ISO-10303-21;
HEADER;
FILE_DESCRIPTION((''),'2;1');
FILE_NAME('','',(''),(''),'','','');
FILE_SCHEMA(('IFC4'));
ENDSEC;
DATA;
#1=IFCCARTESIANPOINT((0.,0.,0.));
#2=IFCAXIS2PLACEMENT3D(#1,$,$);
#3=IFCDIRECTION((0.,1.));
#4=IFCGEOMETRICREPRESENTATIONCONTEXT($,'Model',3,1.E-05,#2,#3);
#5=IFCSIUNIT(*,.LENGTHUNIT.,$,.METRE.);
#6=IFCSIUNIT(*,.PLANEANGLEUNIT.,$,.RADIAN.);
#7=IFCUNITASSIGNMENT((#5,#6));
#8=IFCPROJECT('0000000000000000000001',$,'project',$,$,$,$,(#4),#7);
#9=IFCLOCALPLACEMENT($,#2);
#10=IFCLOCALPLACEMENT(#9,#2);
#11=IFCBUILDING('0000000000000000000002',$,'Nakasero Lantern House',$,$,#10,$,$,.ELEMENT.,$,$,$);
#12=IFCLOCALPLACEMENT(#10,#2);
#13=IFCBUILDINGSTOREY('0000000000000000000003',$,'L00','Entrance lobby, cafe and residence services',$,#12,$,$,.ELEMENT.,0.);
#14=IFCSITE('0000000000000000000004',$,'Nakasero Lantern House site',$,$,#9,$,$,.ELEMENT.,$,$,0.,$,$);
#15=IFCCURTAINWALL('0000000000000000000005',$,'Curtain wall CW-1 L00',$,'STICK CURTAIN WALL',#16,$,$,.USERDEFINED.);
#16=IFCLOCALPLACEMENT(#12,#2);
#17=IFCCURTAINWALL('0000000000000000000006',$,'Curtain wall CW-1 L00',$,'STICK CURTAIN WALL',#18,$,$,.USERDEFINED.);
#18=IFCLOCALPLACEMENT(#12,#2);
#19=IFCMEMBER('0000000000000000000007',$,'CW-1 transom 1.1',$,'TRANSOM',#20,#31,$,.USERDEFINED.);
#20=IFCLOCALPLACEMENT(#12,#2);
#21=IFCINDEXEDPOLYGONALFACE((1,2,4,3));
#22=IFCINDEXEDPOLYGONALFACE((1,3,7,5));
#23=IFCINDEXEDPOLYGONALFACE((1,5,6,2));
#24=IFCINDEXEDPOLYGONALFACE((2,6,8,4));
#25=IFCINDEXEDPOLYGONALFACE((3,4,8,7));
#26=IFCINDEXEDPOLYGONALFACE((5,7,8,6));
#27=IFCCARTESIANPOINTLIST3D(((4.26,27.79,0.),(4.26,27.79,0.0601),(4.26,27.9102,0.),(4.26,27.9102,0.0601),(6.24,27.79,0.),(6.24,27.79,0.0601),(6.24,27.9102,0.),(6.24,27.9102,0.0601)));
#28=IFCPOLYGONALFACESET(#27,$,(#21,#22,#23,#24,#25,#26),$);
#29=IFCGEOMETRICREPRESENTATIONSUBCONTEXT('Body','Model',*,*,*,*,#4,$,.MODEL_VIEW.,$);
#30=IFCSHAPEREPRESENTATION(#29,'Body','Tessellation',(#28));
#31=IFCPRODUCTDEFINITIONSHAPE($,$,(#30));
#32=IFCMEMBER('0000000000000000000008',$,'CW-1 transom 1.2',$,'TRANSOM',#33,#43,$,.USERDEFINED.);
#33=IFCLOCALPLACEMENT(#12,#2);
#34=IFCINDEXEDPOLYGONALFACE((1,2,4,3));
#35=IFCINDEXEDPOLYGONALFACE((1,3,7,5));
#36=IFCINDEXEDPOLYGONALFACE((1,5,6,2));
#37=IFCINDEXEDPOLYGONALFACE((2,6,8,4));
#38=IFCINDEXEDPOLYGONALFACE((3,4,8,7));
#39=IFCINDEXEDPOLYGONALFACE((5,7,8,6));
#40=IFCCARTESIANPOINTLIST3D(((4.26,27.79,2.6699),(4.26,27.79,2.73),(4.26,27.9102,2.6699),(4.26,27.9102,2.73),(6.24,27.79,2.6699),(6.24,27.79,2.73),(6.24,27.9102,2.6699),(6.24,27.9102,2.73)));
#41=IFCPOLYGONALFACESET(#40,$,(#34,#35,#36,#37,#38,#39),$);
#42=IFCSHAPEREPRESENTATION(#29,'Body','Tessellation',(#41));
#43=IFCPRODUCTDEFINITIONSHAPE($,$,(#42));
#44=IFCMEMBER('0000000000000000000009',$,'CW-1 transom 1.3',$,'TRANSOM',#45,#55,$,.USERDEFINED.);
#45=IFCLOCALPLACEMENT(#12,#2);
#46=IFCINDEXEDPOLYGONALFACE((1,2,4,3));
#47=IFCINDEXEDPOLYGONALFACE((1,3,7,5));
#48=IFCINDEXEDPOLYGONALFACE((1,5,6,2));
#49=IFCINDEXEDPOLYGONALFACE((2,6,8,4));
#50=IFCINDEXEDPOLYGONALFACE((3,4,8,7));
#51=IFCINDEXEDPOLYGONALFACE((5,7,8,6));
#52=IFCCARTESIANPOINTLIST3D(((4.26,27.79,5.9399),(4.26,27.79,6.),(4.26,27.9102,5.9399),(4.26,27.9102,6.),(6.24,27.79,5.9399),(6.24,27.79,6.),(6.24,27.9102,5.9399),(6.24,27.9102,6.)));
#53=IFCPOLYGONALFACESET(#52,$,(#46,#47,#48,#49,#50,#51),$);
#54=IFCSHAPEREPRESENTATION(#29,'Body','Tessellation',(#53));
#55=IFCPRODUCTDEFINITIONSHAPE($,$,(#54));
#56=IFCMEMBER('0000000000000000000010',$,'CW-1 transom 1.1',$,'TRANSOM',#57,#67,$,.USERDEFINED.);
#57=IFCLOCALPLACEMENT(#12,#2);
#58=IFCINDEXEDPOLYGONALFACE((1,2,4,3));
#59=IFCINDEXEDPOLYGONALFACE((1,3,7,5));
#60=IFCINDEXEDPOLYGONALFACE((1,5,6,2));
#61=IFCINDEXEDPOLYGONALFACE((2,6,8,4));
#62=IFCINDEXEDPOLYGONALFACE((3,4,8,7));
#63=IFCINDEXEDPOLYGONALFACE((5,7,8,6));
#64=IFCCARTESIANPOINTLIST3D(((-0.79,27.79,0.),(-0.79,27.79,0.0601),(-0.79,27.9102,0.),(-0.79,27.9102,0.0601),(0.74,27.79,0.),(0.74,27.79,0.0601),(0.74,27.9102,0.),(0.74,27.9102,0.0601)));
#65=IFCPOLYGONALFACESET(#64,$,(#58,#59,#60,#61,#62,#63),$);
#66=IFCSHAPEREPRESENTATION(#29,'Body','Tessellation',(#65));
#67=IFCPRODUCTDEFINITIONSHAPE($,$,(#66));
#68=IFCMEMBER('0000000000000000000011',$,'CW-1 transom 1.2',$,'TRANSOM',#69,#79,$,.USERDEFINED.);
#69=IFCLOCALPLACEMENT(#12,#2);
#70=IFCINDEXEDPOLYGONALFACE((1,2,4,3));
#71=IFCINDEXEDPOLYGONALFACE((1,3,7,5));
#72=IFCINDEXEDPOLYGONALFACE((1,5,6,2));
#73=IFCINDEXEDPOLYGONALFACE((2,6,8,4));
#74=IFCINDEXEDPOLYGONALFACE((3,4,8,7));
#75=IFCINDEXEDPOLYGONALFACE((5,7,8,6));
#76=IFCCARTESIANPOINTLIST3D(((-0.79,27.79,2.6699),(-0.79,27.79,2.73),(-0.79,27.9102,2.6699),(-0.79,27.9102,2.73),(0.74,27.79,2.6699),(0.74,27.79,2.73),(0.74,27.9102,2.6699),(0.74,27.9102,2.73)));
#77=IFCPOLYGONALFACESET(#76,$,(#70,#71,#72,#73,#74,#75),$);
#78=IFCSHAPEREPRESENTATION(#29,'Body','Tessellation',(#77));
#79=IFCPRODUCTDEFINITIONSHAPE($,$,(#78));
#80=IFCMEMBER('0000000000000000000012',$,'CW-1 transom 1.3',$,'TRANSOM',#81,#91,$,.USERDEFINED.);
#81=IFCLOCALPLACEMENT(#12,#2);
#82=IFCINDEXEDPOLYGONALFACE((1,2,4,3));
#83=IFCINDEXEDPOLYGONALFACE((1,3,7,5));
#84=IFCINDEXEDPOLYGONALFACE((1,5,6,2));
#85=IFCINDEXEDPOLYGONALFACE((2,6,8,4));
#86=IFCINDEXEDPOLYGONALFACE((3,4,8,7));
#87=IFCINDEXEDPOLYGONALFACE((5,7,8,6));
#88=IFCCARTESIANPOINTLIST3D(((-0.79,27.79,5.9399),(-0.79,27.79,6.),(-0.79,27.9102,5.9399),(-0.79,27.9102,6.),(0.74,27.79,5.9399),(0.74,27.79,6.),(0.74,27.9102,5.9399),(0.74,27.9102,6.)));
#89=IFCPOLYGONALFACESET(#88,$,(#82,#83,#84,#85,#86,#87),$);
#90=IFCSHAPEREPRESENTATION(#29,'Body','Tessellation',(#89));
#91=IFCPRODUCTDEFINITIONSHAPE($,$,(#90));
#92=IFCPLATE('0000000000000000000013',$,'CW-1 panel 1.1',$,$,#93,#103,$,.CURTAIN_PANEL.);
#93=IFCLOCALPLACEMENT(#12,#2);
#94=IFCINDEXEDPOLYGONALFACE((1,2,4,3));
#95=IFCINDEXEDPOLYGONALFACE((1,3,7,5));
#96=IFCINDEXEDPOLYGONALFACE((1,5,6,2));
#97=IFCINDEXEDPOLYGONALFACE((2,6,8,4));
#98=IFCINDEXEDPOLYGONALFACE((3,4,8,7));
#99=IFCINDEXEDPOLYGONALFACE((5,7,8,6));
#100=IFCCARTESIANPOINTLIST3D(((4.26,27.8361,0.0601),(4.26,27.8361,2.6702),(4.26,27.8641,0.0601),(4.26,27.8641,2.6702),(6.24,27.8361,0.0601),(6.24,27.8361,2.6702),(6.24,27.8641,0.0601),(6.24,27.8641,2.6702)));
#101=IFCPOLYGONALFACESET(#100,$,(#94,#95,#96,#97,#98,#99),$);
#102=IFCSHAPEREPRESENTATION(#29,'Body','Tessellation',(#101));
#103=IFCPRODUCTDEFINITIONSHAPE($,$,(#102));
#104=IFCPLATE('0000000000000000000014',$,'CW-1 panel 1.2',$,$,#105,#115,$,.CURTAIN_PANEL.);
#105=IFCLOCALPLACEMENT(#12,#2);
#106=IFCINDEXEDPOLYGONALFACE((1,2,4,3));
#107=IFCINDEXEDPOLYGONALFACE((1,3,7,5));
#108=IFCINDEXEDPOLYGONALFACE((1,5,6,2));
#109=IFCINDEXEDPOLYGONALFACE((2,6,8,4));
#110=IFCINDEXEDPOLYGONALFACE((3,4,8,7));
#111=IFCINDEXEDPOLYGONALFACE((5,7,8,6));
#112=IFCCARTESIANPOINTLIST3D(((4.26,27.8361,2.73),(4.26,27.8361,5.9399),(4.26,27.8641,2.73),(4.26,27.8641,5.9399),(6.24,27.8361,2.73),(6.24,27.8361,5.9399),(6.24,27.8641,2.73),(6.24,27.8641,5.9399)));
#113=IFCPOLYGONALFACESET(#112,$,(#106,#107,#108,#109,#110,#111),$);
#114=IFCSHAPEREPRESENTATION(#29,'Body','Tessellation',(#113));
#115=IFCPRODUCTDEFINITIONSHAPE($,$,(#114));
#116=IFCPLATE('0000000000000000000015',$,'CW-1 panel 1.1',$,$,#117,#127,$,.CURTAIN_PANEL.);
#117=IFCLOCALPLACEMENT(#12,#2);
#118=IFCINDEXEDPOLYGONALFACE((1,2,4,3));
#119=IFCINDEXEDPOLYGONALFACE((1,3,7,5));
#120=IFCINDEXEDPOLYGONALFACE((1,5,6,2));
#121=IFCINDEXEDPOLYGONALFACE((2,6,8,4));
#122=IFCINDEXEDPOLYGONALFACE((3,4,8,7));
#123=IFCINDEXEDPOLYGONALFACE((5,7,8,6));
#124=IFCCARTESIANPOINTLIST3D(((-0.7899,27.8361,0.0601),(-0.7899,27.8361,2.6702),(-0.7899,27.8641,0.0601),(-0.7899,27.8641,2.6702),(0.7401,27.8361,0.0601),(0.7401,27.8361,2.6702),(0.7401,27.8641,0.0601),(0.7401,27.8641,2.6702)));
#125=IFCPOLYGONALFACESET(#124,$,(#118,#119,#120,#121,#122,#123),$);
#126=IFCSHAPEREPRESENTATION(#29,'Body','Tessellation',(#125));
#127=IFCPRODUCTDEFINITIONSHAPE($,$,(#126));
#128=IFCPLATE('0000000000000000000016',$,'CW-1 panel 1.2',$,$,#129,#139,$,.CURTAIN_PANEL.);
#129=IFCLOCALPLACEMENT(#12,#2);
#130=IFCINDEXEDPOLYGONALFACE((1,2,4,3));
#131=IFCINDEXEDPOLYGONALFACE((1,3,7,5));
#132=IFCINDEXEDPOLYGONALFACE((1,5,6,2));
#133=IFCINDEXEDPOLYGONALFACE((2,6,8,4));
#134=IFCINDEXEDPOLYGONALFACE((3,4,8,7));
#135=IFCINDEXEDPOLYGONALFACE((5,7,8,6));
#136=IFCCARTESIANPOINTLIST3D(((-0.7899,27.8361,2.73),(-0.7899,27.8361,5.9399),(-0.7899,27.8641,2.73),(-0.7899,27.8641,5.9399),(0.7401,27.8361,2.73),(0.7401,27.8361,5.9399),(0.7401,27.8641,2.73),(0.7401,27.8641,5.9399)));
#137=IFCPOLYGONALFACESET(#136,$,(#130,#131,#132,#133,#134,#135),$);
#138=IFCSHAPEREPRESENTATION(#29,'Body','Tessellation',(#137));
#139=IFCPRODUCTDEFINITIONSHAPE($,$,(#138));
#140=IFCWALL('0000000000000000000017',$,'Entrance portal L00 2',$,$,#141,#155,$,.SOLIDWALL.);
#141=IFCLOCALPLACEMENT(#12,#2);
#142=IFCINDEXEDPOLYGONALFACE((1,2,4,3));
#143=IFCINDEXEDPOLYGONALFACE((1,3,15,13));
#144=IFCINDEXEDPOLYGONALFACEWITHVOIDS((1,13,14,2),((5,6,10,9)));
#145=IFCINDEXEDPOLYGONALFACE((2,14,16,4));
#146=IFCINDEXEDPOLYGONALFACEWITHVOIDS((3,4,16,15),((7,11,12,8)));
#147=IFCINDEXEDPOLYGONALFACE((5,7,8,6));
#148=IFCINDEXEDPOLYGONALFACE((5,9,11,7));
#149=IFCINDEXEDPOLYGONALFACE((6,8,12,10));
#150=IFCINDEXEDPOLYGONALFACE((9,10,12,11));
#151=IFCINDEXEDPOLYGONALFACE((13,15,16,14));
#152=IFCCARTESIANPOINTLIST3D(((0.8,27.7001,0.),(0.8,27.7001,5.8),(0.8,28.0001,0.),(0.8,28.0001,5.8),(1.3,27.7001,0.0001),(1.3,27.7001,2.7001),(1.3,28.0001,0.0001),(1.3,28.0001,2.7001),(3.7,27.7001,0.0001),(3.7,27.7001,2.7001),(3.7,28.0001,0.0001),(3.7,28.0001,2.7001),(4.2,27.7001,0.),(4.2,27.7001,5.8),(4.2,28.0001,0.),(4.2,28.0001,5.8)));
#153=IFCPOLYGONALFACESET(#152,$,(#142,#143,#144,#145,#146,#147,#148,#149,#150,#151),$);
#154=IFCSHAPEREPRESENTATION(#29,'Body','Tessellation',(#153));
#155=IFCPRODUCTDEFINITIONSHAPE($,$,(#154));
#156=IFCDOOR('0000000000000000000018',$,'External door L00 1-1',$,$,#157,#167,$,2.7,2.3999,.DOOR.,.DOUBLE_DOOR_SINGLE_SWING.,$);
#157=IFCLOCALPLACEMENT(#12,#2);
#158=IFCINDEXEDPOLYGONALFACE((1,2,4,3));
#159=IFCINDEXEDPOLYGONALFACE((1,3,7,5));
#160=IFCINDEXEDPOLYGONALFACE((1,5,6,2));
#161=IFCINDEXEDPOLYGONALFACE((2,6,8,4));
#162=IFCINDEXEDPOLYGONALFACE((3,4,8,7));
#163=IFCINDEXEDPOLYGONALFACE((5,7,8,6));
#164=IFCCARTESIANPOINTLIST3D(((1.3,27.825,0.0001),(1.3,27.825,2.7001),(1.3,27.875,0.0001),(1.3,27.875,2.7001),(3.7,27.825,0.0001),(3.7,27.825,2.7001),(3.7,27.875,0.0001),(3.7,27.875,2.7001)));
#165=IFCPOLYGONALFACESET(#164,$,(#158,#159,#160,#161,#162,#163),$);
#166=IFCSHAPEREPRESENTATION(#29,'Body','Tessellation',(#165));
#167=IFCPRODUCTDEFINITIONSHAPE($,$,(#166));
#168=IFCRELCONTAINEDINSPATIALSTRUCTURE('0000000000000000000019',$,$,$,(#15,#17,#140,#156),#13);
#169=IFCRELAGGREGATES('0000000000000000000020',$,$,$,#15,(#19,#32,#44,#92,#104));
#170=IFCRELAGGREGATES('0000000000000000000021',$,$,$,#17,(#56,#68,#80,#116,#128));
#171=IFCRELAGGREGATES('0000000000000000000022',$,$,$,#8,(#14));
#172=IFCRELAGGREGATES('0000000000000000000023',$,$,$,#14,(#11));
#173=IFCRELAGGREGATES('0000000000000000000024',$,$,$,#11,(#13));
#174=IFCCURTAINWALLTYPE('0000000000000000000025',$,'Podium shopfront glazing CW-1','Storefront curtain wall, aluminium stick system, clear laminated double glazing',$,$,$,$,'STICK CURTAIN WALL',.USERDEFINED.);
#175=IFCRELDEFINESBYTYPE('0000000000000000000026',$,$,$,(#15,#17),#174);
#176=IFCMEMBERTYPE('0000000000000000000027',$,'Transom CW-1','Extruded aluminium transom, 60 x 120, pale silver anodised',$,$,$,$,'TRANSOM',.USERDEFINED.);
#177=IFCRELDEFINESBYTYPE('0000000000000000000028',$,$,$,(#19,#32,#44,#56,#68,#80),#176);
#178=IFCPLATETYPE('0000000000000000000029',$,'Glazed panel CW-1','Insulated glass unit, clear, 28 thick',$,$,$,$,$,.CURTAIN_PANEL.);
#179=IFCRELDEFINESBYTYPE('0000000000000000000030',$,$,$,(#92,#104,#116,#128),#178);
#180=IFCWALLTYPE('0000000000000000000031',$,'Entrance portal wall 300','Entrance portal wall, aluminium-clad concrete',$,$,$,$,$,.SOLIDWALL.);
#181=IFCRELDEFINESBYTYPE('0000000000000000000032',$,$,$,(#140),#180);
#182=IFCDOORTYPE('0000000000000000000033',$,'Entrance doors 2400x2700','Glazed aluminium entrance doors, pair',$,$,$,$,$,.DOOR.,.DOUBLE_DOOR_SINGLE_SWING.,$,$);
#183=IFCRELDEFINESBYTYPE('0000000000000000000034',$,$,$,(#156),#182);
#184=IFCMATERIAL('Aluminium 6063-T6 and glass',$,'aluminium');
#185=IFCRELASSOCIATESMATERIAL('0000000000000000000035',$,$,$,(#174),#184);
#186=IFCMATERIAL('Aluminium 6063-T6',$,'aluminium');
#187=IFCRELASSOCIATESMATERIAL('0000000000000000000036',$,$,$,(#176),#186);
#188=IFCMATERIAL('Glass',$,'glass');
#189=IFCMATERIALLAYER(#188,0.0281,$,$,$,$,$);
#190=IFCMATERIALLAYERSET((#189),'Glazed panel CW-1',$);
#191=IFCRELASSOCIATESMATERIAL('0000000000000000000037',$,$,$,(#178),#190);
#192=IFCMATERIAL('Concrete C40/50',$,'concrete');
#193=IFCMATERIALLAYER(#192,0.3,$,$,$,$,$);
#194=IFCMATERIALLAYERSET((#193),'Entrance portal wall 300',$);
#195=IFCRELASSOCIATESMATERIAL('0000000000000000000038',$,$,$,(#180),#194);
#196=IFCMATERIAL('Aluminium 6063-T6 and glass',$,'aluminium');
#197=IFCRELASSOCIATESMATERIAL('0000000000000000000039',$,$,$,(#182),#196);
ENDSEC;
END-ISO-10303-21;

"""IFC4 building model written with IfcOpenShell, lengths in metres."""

from ifc_helpers import new_model, si_unit, direction, frame, frame_2d, origin, origin_2d, place, context, subcontext, project, spatial, rectangle, extrude, material, layer, layer_set, material_profile, profile_set, type_object, element, fill, aggregate, save


model = new_model("IFC4")

# Units and contexts
model_context = context("Model", 3, precision=1e-05, world=origin(), true_north=direction((0.0, 1.0)))
body_context = subcontext(model_context, "Body", "Model", "MODEL_VIEW")
ifc_project = project(units=[si_unit("LENGTHUNIT", "METRE"), si_unit("PLANEANGLEUNIT", "RADIAN")], contexts=[model_context])

# Site, building, storey
site_placement = place(None, origin())
site = spatial("IfcSite", under=ifc_project, at=site_placement, Name="Nakasero Lantern House site", CompositionType="ELEMENT", RefElevation=0.0)
building_placement = place(site_placement, origin())
building = spatial("IfcBuilding", under=site, at=building_placement, Name="Nakasero Lantern House", CompositionType="ELEMENT")
storey_placement = place(building_placement, origin())
storey = spatial("IfcBuildingStorey", under=building, at=storey_placement, Name="L00", Description="Entrance lobby, cafe and residence services", CompositionType="ELEMENT", Elevation=0.0)

# Curtain wall
ifc_material_1 = material(Name="Aluminium 6063-T6 and glass", Category="aluminium")
curtain_wall_type = type_object("IfcCurtainWallType", Name="Podium shopfront glazing CW-1", Description="Storefront curtain wall, aluminium stick system, clear laminated double glazing", ElementType="STICK CURTAIN WALL", PredefinedType="USERDEFINED", material=ifc_material_1)
curtain_wall_1_placement = place(storey_placement, origin())
curtain_wall_1 = element("IfcCurtainWall", 1, at=curtain_wall_1_placement, inside=storey, type_object=curtain_wall_type, Name="Curtain wall CW-1 L00", ObjectType="STICK CURTAIN WALL", PredefinedType="USERDEFINED")

# Curtain wall
curtain_wall_2_placement = place(storey_placement, origin())
curtain_wall_2 = element("IfcCurtainWall", 2, at=curtain_wall_2_placement, inside=storey, type_object=curtain_wall_type, Name="Curtain wall CW-1 L00", ObjectType="STICK CURTAIN WALL", PredefinedType="USERDEFINED")

# Members
ifc_material_2 = material(Name="Aluminium 6063-T6", Category="aluminium")
ifc_material_profile_1 = material_profile(ifc_material_2, rectangle(XDim=0.0601, YDim=0.1201, at=origin_2d()), Name="CW-1 transom 60x120")
ifc_profile_set_1 = profile_set([ifc_material_profile_1], Name="Aluminium 6063-T6")
member_type_1 = type_object("IfcMemberType", Name="Transom CW-1", Description="Extruded aluminium transom, 60 x 120, pale silver anodised", ElementType="TRANSOM", PredefinedType="USERDEFINED", material=ifc_profile_set_1)
member_1_placement = place(storey_placement, frame((6.24, 27.8501, 0.03), z_axis=(-1.0, 0.0, 0.0), x_axis=(0.0, 0.0, 1.0)))
member_1 = element("IfcMember", 3, at=member_1_placement, type_object=member_type_1, Name="CW-1 transom 1.1", ObjectType="TRANSOM", PredefinedType="USERDEFINED", context=body_context, shape_type="SweptSolid", body=[
    extrude(rectangle(XDim=0.0601, YDim=0.1201, at=origin_2d()), origin(), (0.0, 0.0, 1.0), 1.98),
])
member_2_placement = place(storey_placement, frame((6.24, 27.8501, 2.7), z_axis=(-1.0, 0.0, 0.0), x_axis=(0.0, 0.0, 1.0)))
member_2 = element("IfcMember", 4, at=member_2_placement, type_object=member_type_1, Name="CW-1 transom 1.2", ObjectType="TRANSOM", PredefinedType="USERDEFINED", context=body_context, shape_type="SweptSolid", body=[
    extrude(rectangle(XDim=0.0601, YDim=0.1201, at=origin_2d()), origin(), (0.0, 0.0, 1.0), 1.98),
])
member_3_placement = place(storey_placement, frame((6.24, 27.8501, 5.97), z_axis=(-1.0, 0.0, 0.0), x_axis=(0.0, 0.0, 1.0)))
member_3 = element("IfcMember", 5, at=member_3_placement, type_object=member_type_1, Name="CW-1 transom 1.3", ObjectType="TRANSOM", PredefinedType="USERDEFINED", context=body_context, shape_type="SweptSolid", body=[
    extrude(rectangle(XDim=0.0601, YDim=0.1201, at=origin_2d()), origin(), (0.0, 0.0, 1.0), 1.98),
])
member_4_placement = place(storey_placement, frame((0.74, 27.8501, 0.03), z_axis=(-1.0, 0.0, 0.0), x_axis=(0.0, 0.0, 1.0)))
member_4 = element("IfcMember", 6, at=member_4_placement, type_object=member_type_1, Name="CW-1 transom 1.1", ObjectType="TRANSOM", PredefinedType="USERDEFINED", context=body_context, shape_type="SweptSolid", body=[
    extrude(rectangle(XDim=0.0601, YDim=0.1201, at=origin_2d()), origin(), (0.0, 0.0, 1.0), 1.53),
])
member_5_placement = place(storey_placement, frame((0.74, 27.8501, 2.7), z_axis=(-1.0, 0.0, 0.0), x_axis=(0.0, 0.0, 1.0)))
member_5 = element("IfcMember", 7, at=member_5_placement, type_object=member_type_1, Name="CW-1 transom 1.2", ObjectType="TRANSOM", PredefinedType="USERDEFINED", context=body_context, shape_type="SweptSolid", body=[
    extrude(rectangle(XDim=0.0601, YDim=0.1201, at=origin_2d()), origin(), (0.0, 0.0, 1.0), 1.53),
])
member_6_placement = place(storey_placement, frame((0.74, 27.8501, 5.97), z_axis=(-1.0, 0.0, 0.0), x_axis=(0.0, 0.0, 1.0)))
member_6 = element("IfcMember", 8, at=member_6_placement, type_object=member_type_1, Name="CW-1 transom 1.3", ObjectType="TRANSOM", PredefinedType="USERDEFINED", context=body_context, shape_type="SweptSolid", body=[
    extrude(rectangle(XDim=0.0601, YDim=0.1201, at=origin_2d()), origin(), (0.0, 0.0, 1.0), 1.53),
])

# Plates
ifc_material_3 = material(Name="Glass", Category="glass")
ifc_layer_1 = layer(ifc_material_3, 0.0281)
ifc_layer_set_1 = layer_set([ifc_layer_1], Name="Glazed panel CW-1")
plate_type = type_object("IfcPlateType", Name="Glazed panel CW-1", Description="Insulated glass unit, clear, 28 thick", PredefinedType="CURTAIN_PANEL", material=ifc_layer_set_1)
plate_1_placement = place(storey_placement, frame((5.25, 27.8501, 0.0601), z_axis=(0.0, 0.0, 1.0), x_axis=(-1.0, 0.0, 0.0)))
plate_1 = element("IfcPlate", 9, at=plate_1_placement, type_object=plate_type, Name="CW-1 panel 1.1", PredefinedType="CURTAIN_PANEL", context=body_context, shape_type="SweptSolid", body=[
    extrude(rectangle(XDim=1.98, YDim=0.0281, at=origin_2d()), origin(), (0.0, 0.0, 1.0), 2.6101),
])
plate_2_placement = place(storey_placement, frame((5.25, 27.8501, 2.73), z_axis=(0.0, 0.0, 1.0), x_axis=(-1.0, 0.0, 0.0)))
plate_2 = element("IfcPlate", 10, at=plate_2_placement, type_object=plate_type, Name="CW-1 panel 1.2", PredefinedType="CURTAIN_PANEL", context=body_context, shape_type="SweptSolid", body=[
    extrude(rectangle(XDim=1.98, YDim=0.0281, at=origin_2d()), origin(), (0.0, 0.0, 1.0), 3.21),
])
aggregate(curtain_wall_1, [member_1, member_2, member_3, plate_1, plate_2])
plate_3_placement = place(storey_placement, frame((-0.0249, 27.8501, 0.0601), z_axis=(0.0, 0.0, 1.0), x_axis=(-1.0, 0.0, 0.0)))
plate_3 = element("IfcPlate", 11, at=plate_3_placement, type_object=plate_type, Name="CW-1 panel 1.1", PredefinedType="CURTAIN_PANEL", context=body_context, shape_type="SweptSolid", body=[
    extrude(rectangle(XDim=1.53, YDim=0.0281, at=origin_2d()), origin(), (0.0, 0.0, 1.0), 2.6101),
])
plate_4_placement = place(storey_placement, frame((-0.0249, 27.8501, 2.73), z_axis=(0.0, 0.0, 1.0), x_axis=(-1.0, 0.0, 0.0)))
plate_4 = element("IfcPlate", 12, at=plate_4_placement, type_object=plate_type, Name="CW-1 panel 1.2", PredefinedType="CURTAIN_PANEL", context=body_context, shape_type="SweptSolid", body=[
    extrude(rectangle(XDim=1.53, YDim=0.0281, at=origin_2d()), origin(), (0.0, 0.0, 1.0), 3.21),
])
aggregate(curtain_wall_2, [member_4, member_5, member_6, plate_3, plate_4])

# Wall, opening, door
ifc_material_4 = material(Name="Concrete C40/50", Category="concrete")
ifc_layer_2 = layer(ifc_material_4, 0.3)
ifc_layer_set_2 = layer_set([ifc_layer_2], Name="Entrance portal wall 300")
wall_type = type_object("IfcWallType", Name="Entrance portal wall 300", Description="Entrance portal wall, aluminium-clad concrete", PredefinedType="SOLIDWALL", material=ifc_layer_set_2)
wall_placement = place(storey_placement, frame((4.2, 27.8501, 0.0), z_axis=(0.0, 0.0, 1.0), x_axis=(-1.0, 0.0, 0.0)))
wall = element("IfcWall", 13, at=wall_placement, inside=storey, type_object=wall_type, Name="Entrance portal L00 2", PredefinedType="SOLIDWALL", context=body_context, shape_type="SweptSolid", body=[
    extrude(rectangle(XDim=3.3999, YDim=0.3, at=frame_2d((1.7, 0.0))), origin(), (0.0, 0.0, 1.0), 5.8),
])
opening_placement = place(wall_placement, frame((0.5, 0.0, 0.0)))
opening = element("IfcOpeningElement", 14, at=opening_placement, cuts=wall, PredefinedType="OPENING", context=body_context, shape_type="SweptSolid", body=[
    extrude(rectangle(XDim=2.3999, YDim=2.7, at=frame_2d((1.2, 1.3501))), frame((0.0, 0.1699, 0.0), z_axis=(0.0, -1.0, 0.0), x_axis=(1.0, 0.0, 0.0)), (0.0, 0.0, 1.0), 0.3401),
])
ifc_material_5 = material(Name="Aluminium 6063-T6 and glass", Category="aluminium")
door_type = type_object("IfcDoorType", Name="Entrance doors 2400x2700", Description="Glazed aluminium entrance doors, pair", OperationType="DOUBLE_DOOR_SINGLE_SWING", PredefinedType="DOOR", material=ifc_material_5)
door_placement = place(opening_placement, frame((2.3999, 0.0, 0.0), z_axis=(0.0, 0.0, 1.0), x_axis=(-1.0, 0.0, 0.0)))
door = element("IfcDoor", 15, at=door_placement, inside=storey, type_object=door_type, Name="External door L00 1-1", OperationType="DOUBLE_DOOR_SINGLE_SWING", OverallHeight=2.7, OverallWidth=2.3999, PredefinedType="DOOR", context=body_context, shape_type="SweptSolid", body=[
    extrude(rectangle(XDim=2.3999, YDim=2.7, at=frame_2d((1.2, 1.3501))), frame((0.0, 0.0249, 0.0), z_axis=(0.0, -1.0, 0.0), x_axis=(1.0, 0.0, 0.0)), (0.0, 0.0, 1.0), 0.05),
])
fill(opening, door)

save(model, "model.ifc")
